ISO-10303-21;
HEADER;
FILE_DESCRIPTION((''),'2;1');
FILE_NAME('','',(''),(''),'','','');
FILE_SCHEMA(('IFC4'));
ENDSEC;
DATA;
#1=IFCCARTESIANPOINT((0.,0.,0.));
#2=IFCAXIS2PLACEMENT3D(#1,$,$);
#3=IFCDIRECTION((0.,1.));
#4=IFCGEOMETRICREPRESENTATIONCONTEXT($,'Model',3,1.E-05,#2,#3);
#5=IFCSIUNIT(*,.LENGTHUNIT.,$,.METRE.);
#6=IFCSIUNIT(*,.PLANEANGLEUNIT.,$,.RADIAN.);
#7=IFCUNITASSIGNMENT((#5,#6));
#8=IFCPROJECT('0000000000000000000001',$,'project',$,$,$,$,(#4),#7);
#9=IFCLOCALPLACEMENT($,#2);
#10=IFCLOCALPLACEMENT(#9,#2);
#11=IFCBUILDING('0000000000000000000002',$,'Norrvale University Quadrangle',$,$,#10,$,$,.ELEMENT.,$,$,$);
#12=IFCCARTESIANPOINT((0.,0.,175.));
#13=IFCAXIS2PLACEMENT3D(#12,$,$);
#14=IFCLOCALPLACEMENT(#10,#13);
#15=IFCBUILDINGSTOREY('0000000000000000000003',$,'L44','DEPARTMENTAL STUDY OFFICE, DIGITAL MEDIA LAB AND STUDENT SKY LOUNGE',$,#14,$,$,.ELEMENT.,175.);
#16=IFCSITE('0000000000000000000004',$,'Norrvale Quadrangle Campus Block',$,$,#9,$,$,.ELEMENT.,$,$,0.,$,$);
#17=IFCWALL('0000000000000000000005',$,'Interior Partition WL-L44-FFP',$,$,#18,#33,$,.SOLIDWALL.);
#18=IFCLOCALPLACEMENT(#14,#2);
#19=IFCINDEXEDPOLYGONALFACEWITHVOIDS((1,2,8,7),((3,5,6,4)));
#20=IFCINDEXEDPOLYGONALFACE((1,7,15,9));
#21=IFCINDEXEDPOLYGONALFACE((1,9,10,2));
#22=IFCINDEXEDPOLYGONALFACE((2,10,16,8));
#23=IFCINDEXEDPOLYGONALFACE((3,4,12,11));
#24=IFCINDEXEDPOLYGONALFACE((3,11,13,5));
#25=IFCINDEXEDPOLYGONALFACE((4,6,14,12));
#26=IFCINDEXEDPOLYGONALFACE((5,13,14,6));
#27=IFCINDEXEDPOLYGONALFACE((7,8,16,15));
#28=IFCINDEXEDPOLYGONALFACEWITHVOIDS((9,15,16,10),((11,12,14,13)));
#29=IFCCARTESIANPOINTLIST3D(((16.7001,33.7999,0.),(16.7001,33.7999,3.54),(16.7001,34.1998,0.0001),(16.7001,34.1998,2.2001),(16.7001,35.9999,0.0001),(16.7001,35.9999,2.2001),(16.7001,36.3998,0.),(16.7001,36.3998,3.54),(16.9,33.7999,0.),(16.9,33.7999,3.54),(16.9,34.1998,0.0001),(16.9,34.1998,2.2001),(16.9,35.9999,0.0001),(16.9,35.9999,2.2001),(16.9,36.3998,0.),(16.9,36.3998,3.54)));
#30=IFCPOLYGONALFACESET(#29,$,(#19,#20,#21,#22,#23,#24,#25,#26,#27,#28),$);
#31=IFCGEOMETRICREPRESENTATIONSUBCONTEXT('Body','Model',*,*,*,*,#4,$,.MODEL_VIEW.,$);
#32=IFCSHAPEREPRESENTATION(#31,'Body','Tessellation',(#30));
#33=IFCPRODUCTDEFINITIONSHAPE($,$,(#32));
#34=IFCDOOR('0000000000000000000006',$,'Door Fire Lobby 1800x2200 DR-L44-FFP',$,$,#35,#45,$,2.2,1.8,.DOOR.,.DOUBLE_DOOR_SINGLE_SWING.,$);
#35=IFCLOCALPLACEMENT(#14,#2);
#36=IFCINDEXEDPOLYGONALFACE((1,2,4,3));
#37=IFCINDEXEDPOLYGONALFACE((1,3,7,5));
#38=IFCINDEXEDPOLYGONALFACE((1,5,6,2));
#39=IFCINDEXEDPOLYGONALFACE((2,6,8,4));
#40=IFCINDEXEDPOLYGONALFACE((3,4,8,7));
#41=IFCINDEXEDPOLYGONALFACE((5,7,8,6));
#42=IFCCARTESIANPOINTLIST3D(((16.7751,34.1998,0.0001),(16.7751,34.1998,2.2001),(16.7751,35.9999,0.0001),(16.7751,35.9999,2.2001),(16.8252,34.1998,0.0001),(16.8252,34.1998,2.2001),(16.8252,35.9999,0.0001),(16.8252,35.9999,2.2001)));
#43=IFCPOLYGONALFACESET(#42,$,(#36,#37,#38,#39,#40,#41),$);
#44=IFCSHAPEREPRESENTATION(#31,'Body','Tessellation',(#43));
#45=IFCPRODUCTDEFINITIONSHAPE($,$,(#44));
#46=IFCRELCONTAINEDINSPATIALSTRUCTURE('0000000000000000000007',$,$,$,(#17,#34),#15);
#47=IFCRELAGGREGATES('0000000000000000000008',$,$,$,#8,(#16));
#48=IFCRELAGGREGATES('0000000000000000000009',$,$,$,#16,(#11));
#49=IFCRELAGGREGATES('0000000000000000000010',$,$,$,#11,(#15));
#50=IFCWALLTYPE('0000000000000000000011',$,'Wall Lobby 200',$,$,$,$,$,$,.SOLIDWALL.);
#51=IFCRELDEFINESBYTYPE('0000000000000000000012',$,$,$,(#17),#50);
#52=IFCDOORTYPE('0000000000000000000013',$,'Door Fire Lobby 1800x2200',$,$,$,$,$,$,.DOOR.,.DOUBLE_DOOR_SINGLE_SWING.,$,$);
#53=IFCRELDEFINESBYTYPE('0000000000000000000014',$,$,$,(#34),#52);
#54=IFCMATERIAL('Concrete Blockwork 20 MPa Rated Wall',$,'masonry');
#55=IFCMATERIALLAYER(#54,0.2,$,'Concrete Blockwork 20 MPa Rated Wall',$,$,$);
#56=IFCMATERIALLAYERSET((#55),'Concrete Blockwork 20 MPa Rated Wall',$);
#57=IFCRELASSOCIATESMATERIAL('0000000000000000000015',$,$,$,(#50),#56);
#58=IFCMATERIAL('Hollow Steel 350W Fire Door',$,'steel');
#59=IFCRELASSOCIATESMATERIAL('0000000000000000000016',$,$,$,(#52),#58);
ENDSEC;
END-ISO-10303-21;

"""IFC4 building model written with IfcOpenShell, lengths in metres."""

from ifc_helpers import new_model, si_unit, direction, frame, frame_2d, origin, place, context, subcontext, project, spatial, rectangle, extrude, material, layer, layer_set, type_object, element, fill, save


model = new_model("IFC4")

# Units and contexts
model_context = context("Model", 3, precision=1e-05, world=origin(), true_north=direction((0.0, 1.0)))
body_context = subcontext(model_context, "Body", "Model", "MODEL_VIEW")
ifc_project = project(units=[si_unit("LENGTHUNIT", "METRE"), si_unit("PLANEANGLEUNIT", "RADIAN")], contexts=[model_context])

# Site, building, storey
site_placement = place(None, origin())
site = spatial("IfcSite", under=ifc_project, at=site_placement, Name="Norrvale Quadrangle Campus Block", CompositionType="ELEMENT", RefElevation=0.0)
building_placement = place(site_placement, origin())
building = spatial("IfcBuilding", under=site, at=building_placement, Name="Norrvale University Quadrangle", CompositionType="ELEMENT")
storey_placement = place(building_placement, frame((0.0, 0.0, 175.0)))
storey = spatial("IfcBuildingStorey", under=building, at=storey_placement, Name="L44", Description="DEPARTMENTAL STUDY OFFICE, DIGITAL MEDIA LAB AND STUDENT SKY LOUNGE", CompositionType="ELEMENT", Elevation=175.0)

# Wall, opening, door
ifc_material_1 = material(Name="Concrete Blockwork 20 MPa Rated Wall", Category="masonry")
ifc_layer_1 = layer(ifc_material_1, 0.2, Name="Concrete Blockwork 20 MPa Rated Wall")
ifc_layer_set_1 = layer_set([ifc_layer_1], Name="Concrete Blockwork 20 MPa Rated Wall")
wall_type_1 = type_object("IfcWallType", Name="Wall Lobby 200", PredefinedType="SOLIDWALL", material=ifc_layer_set_1)
wall_1_placement = place(storey_placement, frame((16.8, 33.8, 0.0), z_axis=(0.0, 0.0, 1.0), x_axis=(0.0, 1.0, 0.0)))
wall_1 = element("IfcWall", 1, at=wall_1_placement, inside=storey, type_object=wall_type_1, Name="Interior Partition WL-L44-FFP", PredefinedType="SOLIDWALL", context=body_context, shape_type="SweptSolid", body=[
    extrude(rectangle(XDim=2.5999, YDim=0.2, at=frame_2d((1.2998, 0.0))), origin(), (0.0, 0.0, 1.0), 3.54),
])
opening_1_placement = place(wall_1_placement, frame((0.3999, 0.0, 0.0)))
opening_1 = element("IfcOpeningElement", 2, at=opening_1_placement, cuts=wall_1, PredefinedType="OPENING", context=body_context, shape_type="SweptSolid", body=[
    extrude(rectangle(XDim=1.8, YDim=2.2, at=frame_2d((0.8999, 1.1001))), frame((0.0, 0.1121, 0.0), z_axis=(0.0, -1.0, 0.0), x_axis=(1.0, 0.0, 0.0)), (0.0, 0.0, 1.0), 0.2239),
])
ifc_material_2 = material(Name="Hollow Steel 350W Fire Door", Category="steel")
door_type_1 = type_object("IfcDoorType", Name="Door Fire Lobby 1800x2200", OperationType="DOUBLE_DOOR_SINGLE_SWING", PredefinedType="DOOR", material=ifc_material_2)
door_1_placement = place(opening_1_placement, origin())
door_1 = element("IfcDoor", 3, at=door_1_placement, inside=storey, type_object=door_type_1, Name="Door Fire Lobby 1800x2200 DR-L44-FFP", OperationType="DOUBLE_DOOR_SINGLE_SWING", OverallHeight=2.2, OverallWidth=1.8, PredefinedType="DOOR", context=body_context, shape_type="SweptSolid", body=[
    extrude(rectangle(XDim=1.8, YDim=2.2, at=frame_2d((0.8999, 1.1001))), frame((0.0, 0.0249, 0.0), z_axis=(0.0, -1.0, 0.0), x_axis=(1.0, 0.0, 0.0)), (0.0, 0.0, 1.0), 0.05),
])
fill(opening_1, door_1)

save(model, "model.ifc")
